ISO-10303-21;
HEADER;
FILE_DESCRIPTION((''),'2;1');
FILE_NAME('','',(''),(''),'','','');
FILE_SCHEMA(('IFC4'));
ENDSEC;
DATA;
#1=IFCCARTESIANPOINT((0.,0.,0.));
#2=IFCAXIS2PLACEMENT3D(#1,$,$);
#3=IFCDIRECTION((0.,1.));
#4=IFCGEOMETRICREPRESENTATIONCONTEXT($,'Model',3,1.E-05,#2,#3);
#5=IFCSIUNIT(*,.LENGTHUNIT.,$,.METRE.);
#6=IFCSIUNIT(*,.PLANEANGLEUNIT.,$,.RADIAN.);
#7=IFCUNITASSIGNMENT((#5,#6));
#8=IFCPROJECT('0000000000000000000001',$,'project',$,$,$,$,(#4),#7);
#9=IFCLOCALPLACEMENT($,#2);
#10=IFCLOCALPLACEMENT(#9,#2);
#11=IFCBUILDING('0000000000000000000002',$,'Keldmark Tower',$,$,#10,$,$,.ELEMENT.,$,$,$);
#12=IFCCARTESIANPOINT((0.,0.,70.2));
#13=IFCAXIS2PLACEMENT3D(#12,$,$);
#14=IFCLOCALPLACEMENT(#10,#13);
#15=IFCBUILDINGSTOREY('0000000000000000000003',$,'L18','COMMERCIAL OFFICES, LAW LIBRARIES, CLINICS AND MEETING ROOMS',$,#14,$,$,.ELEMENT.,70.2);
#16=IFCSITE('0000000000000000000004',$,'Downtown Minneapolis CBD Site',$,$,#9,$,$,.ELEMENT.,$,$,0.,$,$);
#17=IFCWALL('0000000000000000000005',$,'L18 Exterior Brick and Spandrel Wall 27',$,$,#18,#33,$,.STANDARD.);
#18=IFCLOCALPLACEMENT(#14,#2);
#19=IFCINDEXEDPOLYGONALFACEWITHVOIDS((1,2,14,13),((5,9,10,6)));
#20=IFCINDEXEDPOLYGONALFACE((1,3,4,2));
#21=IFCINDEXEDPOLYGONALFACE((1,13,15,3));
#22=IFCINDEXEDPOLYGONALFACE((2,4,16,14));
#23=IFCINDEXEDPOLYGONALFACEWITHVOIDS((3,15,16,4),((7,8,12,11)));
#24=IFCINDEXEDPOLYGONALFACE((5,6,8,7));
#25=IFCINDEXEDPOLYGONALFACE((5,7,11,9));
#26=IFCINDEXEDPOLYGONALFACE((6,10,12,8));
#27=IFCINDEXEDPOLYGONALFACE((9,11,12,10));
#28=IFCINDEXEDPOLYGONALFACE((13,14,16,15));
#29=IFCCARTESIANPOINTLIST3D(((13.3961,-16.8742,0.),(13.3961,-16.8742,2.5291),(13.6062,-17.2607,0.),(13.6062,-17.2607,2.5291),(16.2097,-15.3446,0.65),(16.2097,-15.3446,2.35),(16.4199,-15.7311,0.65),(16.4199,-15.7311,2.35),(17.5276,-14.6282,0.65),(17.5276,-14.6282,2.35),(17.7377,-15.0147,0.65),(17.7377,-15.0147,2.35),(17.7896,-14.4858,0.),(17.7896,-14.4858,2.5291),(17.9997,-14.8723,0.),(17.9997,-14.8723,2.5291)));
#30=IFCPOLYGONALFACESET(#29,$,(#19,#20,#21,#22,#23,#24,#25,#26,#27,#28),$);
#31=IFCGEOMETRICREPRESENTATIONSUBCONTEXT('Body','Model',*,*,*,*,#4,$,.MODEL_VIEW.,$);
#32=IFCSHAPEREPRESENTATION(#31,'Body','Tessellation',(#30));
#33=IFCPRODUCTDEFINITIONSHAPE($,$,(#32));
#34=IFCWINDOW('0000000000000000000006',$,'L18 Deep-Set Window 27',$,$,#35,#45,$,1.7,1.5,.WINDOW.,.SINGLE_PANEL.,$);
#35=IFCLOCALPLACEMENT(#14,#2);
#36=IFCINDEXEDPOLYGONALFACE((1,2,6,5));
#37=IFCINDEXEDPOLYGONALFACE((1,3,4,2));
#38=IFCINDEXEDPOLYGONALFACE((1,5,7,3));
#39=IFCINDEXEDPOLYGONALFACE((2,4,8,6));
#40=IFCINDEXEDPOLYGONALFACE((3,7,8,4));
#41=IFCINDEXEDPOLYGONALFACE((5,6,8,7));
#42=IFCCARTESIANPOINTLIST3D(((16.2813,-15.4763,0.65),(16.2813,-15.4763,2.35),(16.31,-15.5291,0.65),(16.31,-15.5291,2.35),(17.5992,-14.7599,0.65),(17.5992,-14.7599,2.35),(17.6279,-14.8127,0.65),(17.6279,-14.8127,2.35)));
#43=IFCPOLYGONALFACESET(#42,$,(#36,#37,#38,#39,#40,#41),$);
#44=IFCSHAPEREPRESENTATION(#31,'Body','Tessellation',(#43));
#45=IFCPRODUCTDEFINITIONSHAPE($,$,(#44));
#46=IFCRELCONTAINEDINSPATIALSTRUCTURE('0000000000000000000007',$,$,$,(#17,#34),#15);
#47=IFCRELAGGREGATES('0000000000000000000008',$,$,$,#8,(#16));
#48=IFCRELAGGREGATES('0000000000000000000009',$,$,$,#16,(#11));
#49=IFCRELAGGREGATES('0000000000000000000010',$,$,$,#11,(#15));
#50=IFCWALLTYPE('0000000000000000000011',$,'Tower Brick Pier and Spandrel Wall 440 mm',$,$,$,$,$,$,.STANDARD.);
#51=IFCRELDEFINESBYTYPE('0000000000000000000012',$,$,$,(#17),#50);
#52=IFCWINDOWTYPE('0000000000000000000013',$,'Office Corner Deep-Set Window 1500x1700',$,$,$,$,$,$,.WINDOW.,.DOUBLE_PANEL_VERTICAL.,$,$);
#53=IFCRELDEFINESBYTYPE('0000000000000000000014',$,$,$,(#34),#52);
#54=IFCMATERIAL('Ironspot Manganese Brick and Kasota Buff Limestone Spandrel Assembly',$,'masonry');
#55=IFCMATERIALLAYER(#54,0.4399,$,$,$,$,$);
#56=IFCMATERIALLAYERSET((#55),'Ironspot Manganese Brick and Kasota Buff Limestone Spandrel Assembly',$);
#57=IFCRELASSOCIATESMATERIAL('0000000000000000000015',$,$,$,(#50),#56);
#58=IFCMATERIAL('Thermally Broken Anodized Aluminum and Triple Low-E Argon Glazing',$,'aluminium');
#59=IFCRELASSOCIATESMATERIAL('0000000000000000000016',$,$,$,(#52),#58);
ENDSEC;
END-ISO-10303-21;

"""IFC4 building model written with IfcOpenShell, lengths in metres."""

from ifc_helpers import new_model, si_unit, direction, frame, frame_2d, origin, place, context, subcontext, project, spatial, rectangle, extrude, material, layer, layer_set, type_object, element, fill, save


model = new_model("IFC4")

# Units and contexts
model_context = context("Model", 3, precision=1e-05, world=origin(), true_north=direction((0.0, 1.0)))
body_context = subcontext(model_context, "Body", "Model", "MODEL_VIEW")
ifc_project = project(units=[si_unit("LENGTHUNIT", "METRE"), si_unit("PLANEANGLEUNIT", "RADIAN")], contexts=[model_context])

# Site, building, storey
site_placement = place(None, origin())
site = spatial("IfcSite", under=ifc_project, at=site_placement, Name="Downtown Minneapolis CBD Site", CompositionType="ELEMENT", RefElevation=0.0)
building_placement = place(site_placement, origin())
building = spatial("IfcBuilding", under=site, at=building_placement, Name="Keldmark Tower", CompositionType="ELEMENT")
storey_placement = place(building_placement, frame((0.0, 0.0, 70.2)))
storey = spatial("IfcBuildingStorey", under=building, at=storey_placement, Name="L18", Description="COMMERCIAL OFFICES, LAW LIBRARIES, CLINICS AND MEETING ROOMS", CompositionType="ELEMENT", Elevation=70.2)

# Wall, opening, window
ifc_material_1 = material(Name="Ironspot Manganese Brick and Kasota Buff Limestone Spandrel Assembly", Category="masonry")
ifc_layer_1 = layer(ifc_material_1, 0.4399)
ifc_layer_set_1 = layer_set([ifc_layer_1], Name="Ironspot Manganese Brick and Kasota Buff Limestone Spandrel Assembly")
wall_type_1 = type_object("IfcWallType", Name="Tower Brick Pier and Spandrel Wall 440 mm", PredefinedType="STANDARD", material=ifc_layer_set_1)
wall_1_placement = place(storey_placement, frame((17.8948, -14.679, 0.0), z_axis=(0.0, 0.0, 1.0), x_axis=(-0.878572, -0.47761, 0.0)))
wall_1 = element("IfcWall", 1, at=wall_1_placement, inside=storey, type_object=wall_type_1, Name="L18 Exterior Brick and Spandrel Wall 27", PredefinedType="STANDARD", context=body_context, shape_type="SweptSolid", body=[
    extrude(rectangle(XDim=5.0007, YDim=0.4399, at=frame_2d((2.5005, 0.0))), origin(), (0.0, 0.0, 1.0), 2.5291),
])
opening_1_placement = place(wall_1_placement, frame((0.2983, 0.0, 0.6499)))
opening_1 = element("IfcOpeningElement", 2, at=opening_1_placement, cuts=wall_1, PredefinedType="OPENING", context=body_context, shape_type="SweptSolid", body=[
    extrude(rectangle(XDim=1.5, YDim=1.7, at=frame_2d((0.75, 0.8501))), frame((0.0, 0.23, 0.0), z_axis=(0.0, -1.0, 0.0), x_axis=(1.0, 0.0, 0.0)), (0.0, 0.0, 1.0), 0.46),
])
ifc_material_2 = material(Name="Thermally Broken Anodized Aluminum and Triple Low-E Argon Glazing", Category="aluminium")
window_type = type_object("IfcWindowType", Name="Office Corner Deep-Set Window 1500x1700", PartitioningType="DOUBLE_PANEL_VERTICAL", PredefinedType="WINDOW", material=ifc_material_2)
window_placement = place(opening_1_placement, origin())
window = element("IfcWindow", 3, at=window_placement, inside=storey, type_object=window_type, Name="L18 Deep-Set Window 27", OverallHeight=1.7, OverallWidth=1.5, PartitioningType="SINGLE_PANEL", PredefinedType="WINDOW", context=body_context, shape_type="SweptSolid", body=[
    extrude(rectangle(XDim=1.5, YDim=1.7, at=frame_2d((0.75, 0.8501))), frame((0.0, -0.01, 0.0), z_axis=(0.0, -1.0, 0.0), x_axis=(1.0, 0.0, 0.0)), (0.0, 0.0, 1.0), 0.0601),
])
fill(opening_1, window)

save(model, "model.ifc")
